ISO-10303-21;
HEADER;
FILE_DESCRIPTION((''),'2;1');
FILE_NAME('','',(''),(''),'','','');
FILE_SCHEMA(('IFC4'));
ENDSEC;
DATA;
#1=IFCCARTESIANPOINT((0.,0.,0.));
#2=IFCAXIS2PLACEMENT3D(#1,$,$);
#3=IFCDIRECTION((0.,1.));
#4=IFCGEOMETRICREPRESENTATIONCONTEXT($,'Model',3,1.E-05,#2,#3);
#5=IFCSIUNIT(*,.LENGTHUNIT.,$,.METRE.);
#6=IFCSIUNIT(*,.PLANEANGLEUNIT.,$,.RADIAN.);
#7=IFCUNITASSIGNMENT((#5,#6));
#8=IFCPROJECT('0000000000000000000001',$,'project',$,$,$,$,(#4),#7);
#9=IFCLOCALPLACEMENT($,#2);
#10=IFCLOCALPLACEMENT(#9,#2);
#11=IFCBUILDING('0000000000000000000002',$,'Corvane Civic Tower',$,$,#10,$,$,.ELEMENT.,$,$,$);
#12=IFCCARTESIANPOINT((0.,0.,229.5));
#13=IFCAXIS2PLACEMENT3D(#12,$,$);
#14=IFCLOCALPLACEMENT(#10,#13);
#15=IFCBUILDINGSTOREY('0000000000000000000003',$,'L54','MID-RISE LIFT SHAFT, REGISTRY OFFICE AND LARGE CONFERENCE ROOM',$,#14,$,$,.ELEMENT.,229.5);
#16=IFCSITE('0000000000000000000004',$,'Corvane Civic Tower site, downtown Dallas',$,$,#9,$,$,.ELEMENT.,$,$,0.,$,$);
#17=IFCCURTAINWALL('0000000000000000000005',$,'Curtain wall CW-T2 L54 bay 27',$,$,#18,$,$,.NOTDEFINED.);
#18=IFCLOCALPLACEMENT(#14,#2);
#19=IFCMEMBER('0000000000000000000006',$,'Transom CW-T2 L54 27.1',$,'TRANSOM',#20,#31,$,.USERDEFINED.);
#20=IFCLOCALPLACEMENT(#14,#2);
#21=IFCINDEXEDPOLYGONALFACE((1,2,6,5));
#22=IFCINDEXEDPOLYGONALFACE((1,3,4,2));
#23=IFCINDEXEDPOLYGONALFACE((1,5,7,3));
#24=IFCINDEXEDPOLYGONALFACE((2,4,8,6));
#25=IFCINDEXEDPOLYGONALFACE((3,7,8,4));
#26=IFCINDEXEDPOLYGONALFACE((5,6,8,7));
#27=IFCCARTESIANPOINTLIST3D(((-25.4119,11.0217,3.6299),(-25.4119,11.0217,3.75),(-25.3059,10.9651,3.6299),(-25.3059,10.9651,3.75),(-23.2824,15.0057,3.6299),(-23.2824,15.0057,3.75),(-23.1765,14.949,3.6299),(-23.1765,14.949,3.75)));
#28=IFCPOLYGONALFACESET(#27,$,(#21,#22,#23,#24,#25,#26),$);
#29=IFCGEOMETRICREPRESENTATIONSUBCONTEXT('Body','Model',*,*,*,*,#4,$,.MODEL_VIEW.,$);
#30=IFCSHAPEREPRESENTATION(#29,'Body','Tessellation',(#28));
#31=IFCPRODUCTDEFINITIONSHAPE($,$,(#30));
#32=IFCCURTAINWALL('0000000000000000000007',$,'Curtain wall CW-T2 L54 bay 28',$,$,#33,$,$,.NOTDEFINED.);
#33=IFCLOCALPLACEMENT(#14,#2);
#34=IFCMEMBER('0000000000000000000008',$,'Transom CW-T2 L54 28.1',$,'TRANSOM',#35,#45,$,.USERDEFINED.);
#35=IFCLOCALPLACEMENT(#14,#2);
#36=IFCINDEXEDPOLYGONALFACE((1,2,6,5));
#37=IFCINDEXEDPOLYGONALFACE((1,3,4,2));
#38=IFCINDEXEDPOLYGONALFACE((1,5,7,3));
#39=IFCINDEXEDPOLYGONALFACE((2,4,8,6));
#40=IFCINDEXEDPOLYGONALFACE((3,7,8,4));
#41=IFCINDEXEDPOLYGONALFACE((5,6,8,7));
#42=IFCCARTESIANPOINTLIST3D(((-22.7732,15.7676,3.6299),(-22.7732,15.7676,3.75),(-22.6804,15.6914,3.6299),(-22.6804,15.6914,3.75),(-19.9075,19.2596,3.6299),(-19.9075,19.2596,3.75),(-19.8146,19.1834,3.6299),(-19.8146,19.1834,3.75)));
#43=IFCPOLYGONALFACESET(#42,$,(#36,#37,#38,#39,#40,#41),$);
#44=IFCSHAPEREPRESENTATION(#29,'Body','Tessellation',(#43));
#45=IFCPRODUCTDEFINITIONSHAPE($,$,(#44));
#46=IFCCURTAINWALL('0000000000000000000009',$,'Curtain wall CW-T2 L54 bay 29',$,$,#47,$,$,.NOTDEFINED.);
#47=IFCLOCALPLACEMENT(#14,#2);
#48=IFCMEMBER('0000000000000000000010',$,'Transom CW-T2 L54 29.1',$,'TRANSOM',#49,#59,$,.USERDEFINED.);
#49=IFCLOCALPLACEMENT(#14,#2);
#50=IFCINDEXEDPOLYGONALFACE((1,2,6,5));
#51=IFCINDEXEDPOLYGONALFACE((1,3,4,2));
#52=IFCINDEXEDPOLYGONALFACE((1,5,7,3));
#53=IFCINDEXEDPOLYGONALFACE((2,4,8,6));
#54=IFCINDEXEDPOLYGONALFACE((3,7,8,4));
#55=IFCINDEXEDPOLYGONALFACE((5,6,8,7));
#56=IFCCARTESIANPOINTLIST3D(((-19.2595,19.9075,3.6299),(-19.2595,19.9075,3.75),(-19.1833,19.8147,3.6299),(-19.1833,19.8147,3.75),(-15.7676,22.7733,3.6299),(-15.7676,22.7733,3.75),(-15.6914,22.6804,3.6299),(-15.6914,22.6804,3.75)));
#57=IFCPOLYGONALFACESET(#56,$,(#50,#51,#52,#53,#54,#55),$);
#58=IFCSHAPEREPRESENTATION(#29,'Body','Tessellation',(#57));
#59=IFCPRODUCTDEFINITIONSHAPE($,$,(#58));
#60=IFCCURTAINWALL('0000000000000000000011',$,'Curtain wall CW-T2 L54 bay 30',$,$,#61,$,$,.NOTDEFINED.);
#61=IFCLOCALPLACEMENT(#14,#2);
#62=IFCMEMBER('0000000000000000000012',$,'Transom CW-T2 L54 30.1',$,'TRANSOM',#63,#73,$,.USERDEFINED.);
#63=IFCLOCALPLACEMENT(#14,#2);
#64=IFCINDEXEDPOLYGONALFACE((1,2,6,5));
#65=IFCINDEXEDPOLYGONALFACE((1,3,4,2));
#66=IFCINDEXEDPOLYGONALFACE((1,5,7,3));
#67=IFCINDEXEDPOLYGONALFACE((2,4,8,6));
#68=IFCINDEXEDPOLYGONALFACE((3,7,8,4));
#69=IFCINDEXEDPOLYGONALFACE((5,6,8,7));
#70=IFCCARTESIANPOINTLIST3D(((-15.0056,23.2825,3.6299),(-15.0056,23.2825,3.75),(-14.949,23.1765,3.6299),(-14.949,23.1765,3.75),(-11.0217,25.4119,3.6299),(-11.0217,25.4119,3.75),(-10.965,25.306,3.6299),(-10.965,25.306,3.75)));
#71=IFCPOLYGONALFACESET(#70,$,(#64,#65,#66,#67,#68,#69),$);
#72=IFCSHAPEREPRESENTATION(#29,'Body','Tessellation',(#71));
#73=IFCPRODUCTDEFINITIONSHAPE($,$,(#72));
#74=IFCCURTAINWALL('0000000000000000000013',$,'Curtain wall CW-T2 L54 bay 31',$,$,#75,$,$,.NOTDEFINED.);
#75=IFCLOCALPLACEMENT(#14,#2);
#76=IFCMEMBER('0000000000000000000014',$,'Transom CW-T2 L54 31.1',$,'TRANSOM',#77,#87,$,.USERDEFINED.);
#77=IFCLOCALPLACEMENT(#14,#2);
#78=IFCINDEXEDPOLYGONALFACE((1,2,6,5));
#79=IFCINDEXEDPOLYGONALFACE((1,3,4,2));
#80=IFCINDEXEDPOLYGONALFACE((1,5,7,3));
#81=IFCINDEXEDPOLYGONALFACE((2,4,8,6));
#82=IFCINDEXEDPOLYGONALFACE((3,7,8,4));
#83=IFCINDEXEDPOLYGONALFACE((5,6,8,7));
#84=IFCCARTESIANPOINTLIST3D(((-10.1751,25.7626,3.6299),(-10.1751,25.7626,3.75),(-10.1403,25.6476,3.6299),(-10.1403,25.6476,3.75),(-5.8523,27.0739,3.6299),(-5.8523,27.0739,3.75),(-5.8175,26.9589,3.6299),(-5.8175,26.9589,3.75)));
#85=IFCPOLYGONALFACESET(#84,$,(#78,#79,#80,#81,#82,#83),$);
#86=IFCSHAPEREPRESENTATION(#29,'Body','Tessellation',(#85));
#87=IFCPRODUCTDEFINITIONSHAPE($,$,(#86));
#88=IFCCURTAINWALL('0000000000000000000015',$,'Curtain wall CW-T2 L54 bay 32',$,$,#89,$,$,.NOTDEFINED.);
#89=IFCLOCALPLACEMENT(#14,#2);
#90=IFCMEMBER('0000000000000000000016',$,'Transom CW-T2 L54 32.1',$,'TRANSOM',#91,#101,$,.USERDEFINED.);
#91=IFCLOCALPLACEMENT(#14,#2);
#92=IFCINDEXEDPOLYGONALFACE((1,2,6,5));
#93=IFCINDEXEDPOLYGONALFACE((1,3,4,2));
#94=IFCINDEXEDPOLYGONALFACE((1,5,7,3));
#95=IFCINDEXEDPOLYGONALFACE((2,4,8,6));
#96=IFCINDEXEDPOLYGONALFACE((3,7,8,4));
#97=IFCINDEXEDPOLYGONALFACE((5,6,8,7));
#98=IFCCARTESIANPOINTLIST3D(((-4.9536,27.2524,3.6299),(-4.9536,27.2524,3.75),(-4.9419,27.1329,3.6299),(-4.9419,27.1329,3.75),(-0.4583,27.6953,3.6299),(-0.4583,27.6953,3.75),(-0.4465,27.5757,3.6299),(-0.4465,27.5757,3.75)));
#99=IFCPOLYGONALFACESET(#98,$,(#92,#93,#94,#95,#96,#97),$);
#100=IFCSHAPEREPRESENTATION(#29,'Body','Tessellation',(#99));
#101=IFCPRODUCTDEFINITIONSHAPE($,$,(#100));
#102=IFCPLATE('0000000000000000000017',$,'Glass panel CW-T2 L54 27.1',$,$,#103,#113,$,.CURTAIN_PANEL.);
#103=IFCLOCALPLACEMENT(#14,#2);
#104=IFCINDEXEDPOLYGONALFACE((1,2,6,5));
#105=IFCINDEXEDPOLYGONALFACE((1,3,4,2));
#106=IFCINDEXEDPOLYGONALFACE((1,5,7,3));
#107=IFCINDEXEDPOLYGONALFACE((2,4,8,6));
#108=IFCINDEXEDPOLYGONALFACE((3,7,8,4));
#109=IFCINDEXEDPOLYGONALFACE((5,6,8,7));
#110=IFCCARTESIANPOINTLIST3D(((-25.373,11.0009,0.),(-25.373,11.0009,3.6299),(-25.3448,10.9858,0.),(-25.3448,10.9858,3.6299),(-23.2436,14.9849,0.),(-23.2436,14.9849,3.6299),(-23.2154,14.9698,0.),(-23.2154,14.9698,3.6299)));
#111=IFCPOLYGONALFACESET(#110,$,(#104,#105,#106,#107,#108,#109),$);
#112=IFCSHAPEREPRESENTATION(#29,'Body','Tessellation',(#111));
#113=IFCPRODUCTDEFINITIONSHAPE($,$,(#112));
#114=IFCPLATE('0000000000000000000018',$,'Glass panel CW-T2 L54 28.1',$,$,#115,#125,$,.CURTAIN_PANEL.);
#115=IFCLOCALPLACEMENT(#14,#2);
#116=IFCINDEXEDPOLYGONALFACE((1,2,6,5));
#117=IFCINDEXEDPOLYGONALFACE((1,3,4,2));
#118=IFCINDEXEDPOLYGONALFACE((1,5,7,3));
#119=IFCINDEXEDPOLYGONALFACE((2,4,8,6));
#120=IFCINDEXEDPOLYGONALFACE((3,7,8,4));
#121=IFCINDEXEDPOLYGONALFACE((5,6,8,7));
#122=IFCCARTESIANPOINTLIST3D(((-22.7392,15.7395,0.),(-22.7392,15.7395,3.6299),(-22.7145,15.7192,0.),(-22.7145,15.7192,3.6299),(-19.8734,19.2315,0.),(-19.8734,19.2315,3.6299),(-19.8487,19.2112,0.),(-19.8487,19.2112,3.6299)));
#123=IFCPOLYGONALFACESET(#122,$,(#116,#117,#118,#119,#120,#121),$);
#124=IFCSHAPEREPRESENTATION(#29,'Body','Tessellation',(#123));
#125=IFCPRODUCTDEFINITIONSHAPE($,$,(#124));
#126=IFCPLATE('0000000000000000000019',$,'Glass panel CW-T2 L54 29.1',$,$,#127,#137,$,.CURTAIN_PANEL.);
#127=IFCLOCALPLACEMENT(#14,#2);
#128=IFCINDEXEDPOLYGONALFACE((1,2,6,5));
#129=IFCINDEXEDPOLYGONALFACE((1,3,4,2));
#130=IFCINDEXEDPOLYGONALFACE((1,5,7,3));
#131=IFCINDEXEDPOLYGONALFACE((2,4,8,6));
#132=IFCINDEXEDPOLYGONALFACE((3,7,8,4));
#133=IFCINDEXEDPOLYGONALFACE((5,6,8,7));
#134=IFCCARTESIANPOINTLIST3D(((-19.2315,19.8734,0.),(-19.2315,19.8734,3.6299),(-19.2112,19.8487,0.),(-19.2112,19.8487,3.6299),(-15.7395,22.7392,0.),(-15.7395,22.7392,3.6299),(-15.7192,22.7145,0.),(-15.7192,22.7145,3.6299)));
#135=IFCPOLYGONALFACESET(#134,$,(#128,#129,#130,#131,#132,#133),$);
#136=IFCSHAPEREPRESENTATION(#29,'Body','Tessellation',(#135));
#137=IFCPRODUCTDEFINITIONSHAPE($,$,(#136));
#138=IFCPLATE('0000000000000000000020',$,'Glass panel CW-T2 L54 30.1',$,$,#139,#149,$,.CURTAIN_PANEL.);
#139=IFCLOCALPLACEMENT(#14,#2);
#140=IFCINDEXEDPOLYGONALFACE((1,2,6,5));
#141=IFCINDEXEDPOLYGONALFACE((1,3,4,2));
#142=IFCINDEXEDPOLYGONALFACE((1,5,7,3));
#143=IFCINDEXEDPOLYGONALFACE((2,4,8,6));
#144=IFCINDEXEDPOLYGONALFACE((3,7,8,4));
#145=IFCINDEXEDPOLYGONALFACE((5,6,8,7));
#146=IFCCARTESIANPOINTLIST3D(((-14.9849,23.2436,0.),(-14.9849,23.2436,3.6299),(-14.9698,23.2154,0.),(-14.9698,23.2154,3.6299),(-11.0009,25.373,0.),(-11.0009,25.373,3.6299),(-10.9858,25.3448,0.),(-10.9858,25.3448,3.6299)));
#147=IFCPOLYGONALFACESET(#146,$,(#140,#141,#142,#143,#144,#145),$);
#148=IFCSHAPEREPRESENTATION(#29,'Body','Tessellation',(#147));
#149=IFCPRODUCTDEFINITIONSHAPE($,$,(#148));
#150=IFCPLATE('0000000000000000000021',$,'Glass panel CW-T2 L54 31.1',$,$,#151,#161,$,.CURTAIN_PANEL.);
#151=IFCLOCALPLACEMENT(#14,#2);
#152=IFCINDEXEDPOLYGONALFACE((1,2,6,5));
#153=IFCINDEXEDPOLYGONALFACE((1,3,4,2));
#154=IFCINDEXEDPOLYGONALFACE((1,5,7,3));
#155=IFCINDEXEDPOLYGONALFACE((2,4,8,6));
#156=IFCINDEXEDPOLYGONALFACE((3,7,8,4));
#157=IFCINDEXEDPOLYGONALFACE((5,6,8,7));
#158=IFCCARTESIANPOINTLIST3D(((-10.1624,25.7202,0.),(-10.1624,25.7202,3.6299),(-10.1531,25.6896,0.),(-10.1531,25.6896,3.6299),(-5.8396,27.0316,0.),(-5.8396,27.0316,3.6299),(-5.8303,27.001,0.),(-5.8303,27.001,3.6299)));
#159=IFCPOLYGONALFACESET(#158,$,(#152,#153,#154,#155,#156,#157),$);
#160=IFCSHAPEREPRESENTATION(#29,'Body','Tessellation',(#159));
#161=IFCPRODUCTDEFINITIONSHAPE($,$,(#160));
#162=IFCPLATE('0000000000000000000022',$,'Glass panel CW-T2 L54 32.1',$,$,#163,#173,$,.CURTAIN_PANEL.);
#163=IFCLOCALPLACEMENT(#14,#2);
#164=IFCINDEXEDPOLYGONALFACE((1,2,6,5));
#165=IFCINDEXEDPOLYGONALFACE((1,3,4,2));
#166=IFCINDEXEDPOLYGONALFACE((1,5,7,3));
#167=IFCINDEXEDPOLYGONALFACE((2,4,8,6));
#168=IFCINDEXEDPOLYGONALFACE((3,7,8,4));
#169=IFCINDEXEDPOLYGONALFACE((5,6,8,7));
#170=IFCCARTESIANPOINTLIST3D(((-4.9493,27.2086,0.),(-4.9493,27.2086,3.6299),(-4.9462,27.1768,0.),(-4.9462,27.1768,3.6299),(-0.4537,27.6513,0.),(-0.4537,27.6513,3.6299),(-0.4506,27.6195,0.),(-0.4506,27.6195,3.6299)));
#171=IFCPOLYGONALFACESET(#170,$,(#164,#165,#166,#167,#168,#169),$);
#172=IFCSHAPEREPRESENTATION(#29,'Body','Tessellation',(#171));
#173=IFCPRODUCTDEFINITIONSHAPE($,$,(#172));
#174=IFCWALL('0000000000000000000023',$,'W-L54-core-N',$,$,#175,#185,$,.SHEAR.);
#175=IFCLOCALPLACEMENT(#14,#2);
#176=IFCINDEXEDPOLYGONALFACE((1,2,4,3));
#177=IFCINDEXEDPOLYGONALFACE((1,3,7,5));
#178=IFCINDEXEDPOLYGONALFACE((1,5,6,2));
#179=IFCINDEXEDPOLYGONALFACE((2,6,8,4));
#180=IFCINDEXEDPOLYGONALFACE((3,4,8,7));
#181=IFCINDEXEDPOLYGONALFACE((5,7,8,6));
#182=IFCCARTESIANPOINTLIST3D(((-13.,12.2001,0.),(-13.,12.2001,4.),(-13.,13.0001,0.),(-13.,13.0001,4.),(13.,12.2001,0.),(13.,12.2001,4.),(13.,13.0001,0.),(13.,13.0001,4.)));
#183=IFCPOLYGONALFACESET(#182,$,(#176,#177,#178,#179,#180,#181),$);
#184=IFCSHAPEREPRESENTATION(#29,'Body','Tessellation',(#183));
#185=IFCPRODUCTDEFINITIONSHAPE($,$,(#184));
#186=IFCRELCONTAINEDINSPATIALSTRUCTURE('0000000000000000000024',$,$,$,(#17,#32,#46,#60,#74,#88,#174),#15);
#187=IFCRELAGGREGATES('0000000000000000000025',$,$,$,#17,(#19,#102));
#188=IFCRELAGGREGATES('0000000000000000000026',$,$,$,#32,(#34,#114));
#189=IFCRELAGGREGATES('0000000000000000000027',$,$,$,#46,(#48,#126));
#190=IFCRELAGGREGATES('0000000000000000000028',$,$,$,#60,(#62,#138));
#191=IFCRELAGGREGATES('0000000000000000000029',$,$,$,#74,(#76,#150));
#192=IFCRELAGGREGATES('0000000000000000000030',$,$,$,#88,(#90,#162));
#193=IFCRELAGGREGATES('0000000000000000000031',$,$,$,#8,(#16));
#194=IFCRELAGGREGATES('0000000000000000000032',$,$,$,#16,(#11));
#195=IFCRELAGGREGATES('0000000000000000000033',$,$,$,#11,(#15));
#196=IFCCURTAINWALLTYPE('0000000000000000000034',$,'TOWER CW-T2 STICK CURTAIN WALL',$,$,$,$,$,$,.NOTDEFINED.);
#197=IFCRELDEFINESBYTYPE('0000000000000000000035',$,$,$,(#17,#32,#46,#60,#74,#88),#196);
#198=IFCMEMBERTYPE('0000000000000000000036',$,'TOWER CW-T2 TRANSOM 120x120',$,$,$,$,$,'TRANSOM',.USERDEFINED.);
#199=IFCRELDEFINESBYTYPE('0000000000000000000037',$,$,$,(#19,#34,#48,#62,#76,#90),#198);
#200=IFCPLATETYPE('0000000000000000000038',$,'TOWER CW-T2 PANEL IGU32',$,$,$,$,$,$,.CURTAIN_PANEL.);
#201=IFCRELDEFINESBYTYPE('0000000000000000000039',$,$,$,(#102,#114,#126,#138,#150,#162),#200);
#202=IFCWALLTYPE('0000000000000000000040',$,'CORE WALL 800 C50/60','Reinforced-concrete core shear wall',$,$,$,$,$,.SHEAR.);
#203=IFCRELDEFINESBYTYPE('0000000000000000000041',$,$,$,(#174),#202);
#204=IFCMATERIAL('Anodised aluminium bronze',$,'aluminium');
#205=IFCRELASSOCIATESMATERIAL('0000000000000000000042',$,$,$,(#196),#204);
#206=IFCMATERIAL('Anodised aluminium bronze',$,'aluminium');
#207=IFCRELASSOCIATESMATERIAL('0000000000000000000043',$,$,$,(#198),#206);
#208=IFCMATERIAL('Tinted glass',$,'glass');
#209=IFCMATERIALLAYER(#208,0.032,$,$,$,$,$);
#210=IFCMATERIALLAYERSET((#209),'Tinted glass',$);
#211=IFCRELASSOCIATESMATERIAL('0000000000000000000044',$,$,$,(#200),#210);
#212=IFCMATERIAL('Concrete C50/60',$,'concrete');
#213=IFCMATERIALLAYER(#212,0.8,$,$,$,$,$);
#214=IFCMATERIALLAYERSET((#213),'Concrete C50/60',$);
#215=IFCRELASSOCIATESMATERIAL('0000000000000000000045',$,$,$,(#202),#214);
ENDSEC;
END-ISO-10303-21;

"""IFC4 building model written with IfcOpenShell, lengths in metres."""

from ifc_helpers import new_model, si_unit, direction, frame, frame_2d, origin, origin_2d, place, context, subcontext, project, spatial, rectangle, extrude, material, layer, layer_set, material_profile, profile_set, type_object, element, aggregate, save


model = new_model("IFC4")

# Units and contexts
model_context = context("Model", 3, precision=1e-05, world=origin(), true_north=direction((0.0, 1.0)))
body_context = subcontext(model_context, "Body", "Model", "MODEL_VIEW")
ifc_project = project(units=[si_unit("LENGTHUNIT", "METRE"), si_unit("PLANEANGLEUNIT", "RADIAN")], contexts=[model_context])

# Site, building, storey
site_placement = place(None, origin())
site = spatial("IfcSite", under=ifc_project, at=site_placement, Name="Corvane Civic Tower site, downtown Dallas", CompositionType="ELEMENT", RefElevation=0.0)
building_placement = place(site_placement, origin())
building = spatial("IfcBuilding", under=site, at=building_placement, Name="Corvane Civic Tower", CompositionType="ELEMENT")
storey_placement = place(building_placement, frame((0.0, 0.0, 229.5)))
storey = spatial("IfcBuildingStorey", under=building, at=storey_placement, Name="L54", Description="MID-RISE LIFT SHAFT, REGISTRY OFFICE AND LARGE CONFERENCE ROOM", CompositionType="ELEMENT", Elevation=229.5)

# Curtain walls, members
ifc_material_1 = material(Name="Anodised aluminium bronze", Category="aluminium")
curtain_wall_type = type_object("IfcCurtainWallType", Name="TOWER CW-T2 STICK CURTAIN WALL", PredefinedType="NOTDEFINED", material=ifc_material_1)
curtain_wall_1_placement = place(storey_placement, origin())
curtain_wall_1 = element("IfcCurtainWall", 1, at=curtain_wall_1_placement, inside=storey, type_object=curtain_wall_type, Name="Curtain wall CW-T2 L54 bay 27", PredefinedType="NOTDEFINED")
ifc_material_2 = material(Name="Anodised aluminium bronze", Category="aluminium")
ifc_material_profile_1 = material_profile(ifc_material_2, rectangle(XDim=0.1201, YDim=0.1201, at=origin_2d()), Name="TOWER CW-T2 TRANSOM 120x120")
ifc_profile_set_1 = profile_set([ifc_material_profile_1], Name="Anodised aluminium bronze")
member_type = type_object("IfcMemberType", Name="TOWER CW-T2 TRANSOM 120x120", ElementType="TRANSOM", PredefinedType="USERDEFINED", material=ifc_profile_set_1)
member_1_placement = place(storey_placement, frame((-25.3589, 10.9934, 3.6899), z_axis=(0.47139, 0.881925, 0.0), x_axis=(-0.881925, 0.47139, 0.0)))
member_1 = element("IfcMember", 2, at=member_1_placement, type_object=member_type, Name="Transom CW-T2 L54 27.1", ObjectType="TRANSOM", PredefinedType="USERDEFINED", context=body_context, shape_type="SweptSolid", body=[
    extrude(rectangle(XDim=0.1201, YDim=0.1201, at=origin_2d()), origin(), (0.0, 0.0, 1.0), 4.5173),
])
curtain_wall_2_placement = place(storey_placement, origin())
curtain_wall_2 = element("IfcCurtainWall", 3, at=curtain_wall_2_placement, inside=storey, type_object=curtain_wall_type, Name="Curtain wall CW-T2 L54 bay 28", PredefinedType="NOTDEFINED")
member_2_placement = place(storey_placement, frame((-22.7268, 15.7295, 3.6899), z_axis=(0.634388, 0.773015, 0.0), x_axis=(-0.773015, 0.634388, 0.0)))
member_2 = element("IfcMember", 4, at=member_2_placement, type_object=member_type, Name="Transom CW-T2 L54 28.1", ObjectType="TRANSOM", PredefinedType="USERDEFINED", context=body_context, shape_type="SweptSolid", body=[
    extrude(rectangle(XDim=0.1201, YDim=0.1201, at=origin_2d()), origin(), (0.0, 0.0, 1.0), 4.5173),
])
curtain_wall_3_placement = place(storey_placement, origin())
curtain_wall_3 = element("IfcCurtainWall", 5, at=curtain_wall_3_placement, inside=storey, type_object=curtain_wall_type, Name="Curtain wall CW-T2 L54 bay 29", PredefinedType="NOTDEFINED")
member_3_placement = place(storey_placement, frame((-19.2214, 19.8611, 3.6899), z_axis=(0.773015, 0.634388, 0.0), x_axis=(-0.634388, 0.773015, 0.0)))
member_3 = element("IfcMember", 6, at=member_3_placement, type_object=member_type, Name="Transom CW-T2 L54 29.1", ObjectType="TRANSOM", PredefinedType="USERDEFINED", context=body_context, shape_type="SweptSolid", body=[
    extrude(rectangle(XDim=0.1201, YDim=0.1201, at=origin_2d()), origin(), (0.0, 0.0, 1.0), 4.5173),
])
curtain_wall_4_placement = place(storey_placement, origin())
curtain_wall_4 = element("IfcCurtainWall", 7, at=curtain_wall_4_placement, inside=storey, type_object=curtain_wall_type, Name="Curtain wall CW-T2 L54 bay 30", PredefinedType="NOTDEFINED")
member_4_placement = place(storey_placement, frame((-14.9773, 23.2295, 3.6899), z_axis=(0.881925, 0.47139, 0.0), x_axis=(-0.47139, 0.881925, 0.0)))
member_4 = element("IfcMember", 8, at=member_4_placement, type_object=member_type, Name="Transom CW-T2 L54 30.1", ObjectType="TRANSOM", PredefinedType="USERDEFINED", context=body_context, shape_type="SweptSolid", body=[
    extrude(rectangle(XDim=0.1201, YDim=0.1201, at=origin_2d()), origin(), (0.0, 0.0, 1.0), 4.5173),
])
curtain_wall_5_placement = place(storey_placement, origin())
curtain_wall_5 = element("IfcCurtainWall", 9, at=curtain_wall_5_placement, inside=storey, type_object=curtain_wall_type, Name="Curtain wall CW-T2 L54 bay 31", PredefinedType="NOTDEFINED")
member_5_placement = place(storey_placement, frame((-10.1577, 25.7051, 3.6899), z_axis=(0.956941, 0.290282, 0.0), x_axis=(-0.290282, 0.956941, 0.0)))
member_5 = element("IfcMember", 10, at=member_5_placement, type_object=member_type, Name="Transom CW-T2 L54 31.1", ObjectType="TRANSOM", PredefinedType="USERDEFINED", context=body_context, shape_type="SweptSolid", body=[
    extrude(rectangle(XDim=0.1201, YDim=0.1201, at=origin_2d()), origin(), (0.0, 0.0, 1.0), 4.5173),
])
curtain_wall_6_placement = place(storey_placement, origin())
curtain_wall_6 = element("IfcCurtainWall", 11, at=curtain_wall_6_placement, inside=storey, type_object=curtain_wall_type, Name="Curtain wall CW-T2 L54 bay 32", PredefinedType="NOTDEFINED")
member_6_placement = place(storey_placement, frame((-4.9478, 27.1926, 3.6899), z_axis=(0.995182, 0.098043, 0.0), x_axis=(-0.098043, 0.995182, 0.0)))
member_6 = element("IfcMember", 12, at=member_6_placement, type_object=member_type, Name="Transom CW-T2 L54 32.1", ObjectType="TRANSOM", PredefinedType="USERDEFINED", context=body_context, shape_type="SweptSolid", body=[
    extrude(rectangle(XDim=0.1201, YDim=0.1201, at=origin_2d()), origin(), (0.0, 0.0, 1.0), 4.5171),
])

# Plates
ifc_material_3 = material(Name="Tinted glass", Category="glass")
ifc_layer_1 = layer(ifc_material_3, 0.032)
ifc_layer_set_1 = layer_set([ifc_layer_1], Name="Tinted glass")
plate_type = type_object("IfcPlateType", Name="TOWER CW-T2 PANEL IGU32", PredefinedType="CURTAIN_PANEL", material=ifc_layer_set_1)
plate_1_placement = place(storey_placement, frame((-24.2942, 12.9854, 0.0), z_axis=(0.0, 0.0, 1.0), x_axis=(0.471398, 0.88192, 0.0)))
plate_1 = element("IfcPlate", 13, at=plate_1_placement, type_object=plate_type, Name="Glass panel CW-T2 L54 27.1", PredefinedType="CURTAIN_PANEL", context=body_context, shape_type="SweptSolid", body=[
    extrude(rectangle(XDim=4.5173, YDim=0.032, at=origin_2d()), origin(), (0.0, 0.0, 1.0), 3.6299),
])
aggregate(curtain_wall_1, [member_1, plate_1])
plate_2_placement = place(storey_placement, frame((-21.2939, 17.4753, 0.0), z_axis=(0.0, 0.0, 1.0), x_axis=(0.634391, 0.773012, 0.0)))
plate_2 = element("IfcPlate", 14, at=plate_2_placement, type_object=plate_type, Name="Glass panel CW-T2 L54 28.1", PredefinedType="CURTAIN_PANEL", context=body_context, shape_type="SweptSolid", body=[
    extrude(rectangle(XDim=4.5173, YDim=0.032, at=origin_2d()), origin(), (0.0, 0.0, 1.0), 3.6299),
])
aggregate(curtain_wall_2, [member_2, plate_2])
plate_3_placement = place(storey_placement, frame((-17.4753, 21.2939, 0.0), z_axis=(0.0, 0.0, 1.0), x_axis=(0.773012, 0.634391, 0.0)))
plate_3 = element("IfcPlate", 15, at=plate_3_placement, type_object=plate_type, Name="Glass panel CW-T2 L54 29.1", PredefinedType="CURTAIN_PANEL", context=body_context, shape_type="SweptSolid", body=[
    extrude(rectangle(XDim=4.5173, YDim=0.032, at=origin_2d()), origin(), (0.0, 0.0, 1.0), 3.6299),
])
aggregate(curtain_wall_3, [member_3, plate_3])
plate_4_placement = place(storey_placement, frame((-12.9854, 24.2942, 0.0), z_axis=(0.0, 0.0, 1.0), x_axis=(0.88192, 0.471398, 0.0)))
plate_4 = element("IfcPlate", 16, at=plate_4_placement, type_object=plate_type, Name="Glass panel CW-T2 L54 30.1", PredefinedType="CURTAIN_PANEL", context=body_context, shape_type="SweptSolid", body=[
    extrude(rectangle(XDim=4.5173, YDim=0.032, at=origin_2d()), origin(), (0.0, 0.0, 1.0), 3.6299),
])
aggregate(curtain_wall_4, [member_4, plate_4])
plate_5_placement = place(storey_placement, frame((-7.9963, 26.3606, 0.0), z_axis=(0.0, 0.0, 1.0), x_axis=(0.956939, 0.29029, 0.0)))
plate_5 = element("IfcPlate", 17, at=plate_5_placement, type_object=plate_type, Name="Glass panel CW-T2 L54 31.1", PredefinedType="CURTAIN_PANEL", context=body_context, shape_type="SweptSolid", body=[
    extrude(rectangle(XDim=4.5173, YDim=0.032, at=origin_2d()), origin(), (0.0, 0.0, 1.0), 3.6299),
])
aggregate(curtain_wall_5, [member_5, plate_5])
plate_6_placement = place(storey_placement, frame((-2.7, 27.4141, 0.0), z_axis=(0.0, 0.0, 1.0), x_axis=(0.995187, 0.097993, 0.0)))
plate_6 = element("IfcPlate", 18, at=plate_6_placement, type_object=plate_type, Name="Glass panel CW-T2 L54 32.1", PredefinedType="CURTAIN_PANEL", context=body_context, shape_type="SweptSolid", body=[
    extrude(rectangle(XDim=4.5173, YDim=0.032, at=origin_2d()), origin(), (0.0, 0.0, 1.0), 3.6299),
])
aggregate(curtain_wall_6, [member_6, plate_6])

# Wall
ifc_material_4 = material(Name="Concrete C50/60", Category="concrete")
ifc_layer_2 = layer(ifc_material_4, 0.8)
ifc_layer_set_2 = layer_set([ifc_layer_2], Name="Concrete C50/60")
wall_type_1 = type_object("IfcWallType", Name="CORE WALL 800 C50/60", Description="Reinforced-concrete core shear wall", PredefinedType="SHEAR", material=ifc_layer_set_2)
wall_1_placement = place(storey_placement, frame((-13.0, 12.6001, 0.0), z_axis=(0.0, 0.0, 1.0), x_axis=(1.0, 0.0, 0.0)))
element("IfcWall", 19, at=wall_1_placement, inside=storey, type_object=wall_type_1, Name="W-L54-core-N", PredefinedType="SHEAR", context=body_context, shape_type="SweptSolid", body=[
    extrude(rectangle(XDim=26.0, YDim=0.8, at=frame_2d((13.0, 0.0))), origin(), (0.0, 0.0, 1.0), 4.0),
])

save(model, "model.ifc")
